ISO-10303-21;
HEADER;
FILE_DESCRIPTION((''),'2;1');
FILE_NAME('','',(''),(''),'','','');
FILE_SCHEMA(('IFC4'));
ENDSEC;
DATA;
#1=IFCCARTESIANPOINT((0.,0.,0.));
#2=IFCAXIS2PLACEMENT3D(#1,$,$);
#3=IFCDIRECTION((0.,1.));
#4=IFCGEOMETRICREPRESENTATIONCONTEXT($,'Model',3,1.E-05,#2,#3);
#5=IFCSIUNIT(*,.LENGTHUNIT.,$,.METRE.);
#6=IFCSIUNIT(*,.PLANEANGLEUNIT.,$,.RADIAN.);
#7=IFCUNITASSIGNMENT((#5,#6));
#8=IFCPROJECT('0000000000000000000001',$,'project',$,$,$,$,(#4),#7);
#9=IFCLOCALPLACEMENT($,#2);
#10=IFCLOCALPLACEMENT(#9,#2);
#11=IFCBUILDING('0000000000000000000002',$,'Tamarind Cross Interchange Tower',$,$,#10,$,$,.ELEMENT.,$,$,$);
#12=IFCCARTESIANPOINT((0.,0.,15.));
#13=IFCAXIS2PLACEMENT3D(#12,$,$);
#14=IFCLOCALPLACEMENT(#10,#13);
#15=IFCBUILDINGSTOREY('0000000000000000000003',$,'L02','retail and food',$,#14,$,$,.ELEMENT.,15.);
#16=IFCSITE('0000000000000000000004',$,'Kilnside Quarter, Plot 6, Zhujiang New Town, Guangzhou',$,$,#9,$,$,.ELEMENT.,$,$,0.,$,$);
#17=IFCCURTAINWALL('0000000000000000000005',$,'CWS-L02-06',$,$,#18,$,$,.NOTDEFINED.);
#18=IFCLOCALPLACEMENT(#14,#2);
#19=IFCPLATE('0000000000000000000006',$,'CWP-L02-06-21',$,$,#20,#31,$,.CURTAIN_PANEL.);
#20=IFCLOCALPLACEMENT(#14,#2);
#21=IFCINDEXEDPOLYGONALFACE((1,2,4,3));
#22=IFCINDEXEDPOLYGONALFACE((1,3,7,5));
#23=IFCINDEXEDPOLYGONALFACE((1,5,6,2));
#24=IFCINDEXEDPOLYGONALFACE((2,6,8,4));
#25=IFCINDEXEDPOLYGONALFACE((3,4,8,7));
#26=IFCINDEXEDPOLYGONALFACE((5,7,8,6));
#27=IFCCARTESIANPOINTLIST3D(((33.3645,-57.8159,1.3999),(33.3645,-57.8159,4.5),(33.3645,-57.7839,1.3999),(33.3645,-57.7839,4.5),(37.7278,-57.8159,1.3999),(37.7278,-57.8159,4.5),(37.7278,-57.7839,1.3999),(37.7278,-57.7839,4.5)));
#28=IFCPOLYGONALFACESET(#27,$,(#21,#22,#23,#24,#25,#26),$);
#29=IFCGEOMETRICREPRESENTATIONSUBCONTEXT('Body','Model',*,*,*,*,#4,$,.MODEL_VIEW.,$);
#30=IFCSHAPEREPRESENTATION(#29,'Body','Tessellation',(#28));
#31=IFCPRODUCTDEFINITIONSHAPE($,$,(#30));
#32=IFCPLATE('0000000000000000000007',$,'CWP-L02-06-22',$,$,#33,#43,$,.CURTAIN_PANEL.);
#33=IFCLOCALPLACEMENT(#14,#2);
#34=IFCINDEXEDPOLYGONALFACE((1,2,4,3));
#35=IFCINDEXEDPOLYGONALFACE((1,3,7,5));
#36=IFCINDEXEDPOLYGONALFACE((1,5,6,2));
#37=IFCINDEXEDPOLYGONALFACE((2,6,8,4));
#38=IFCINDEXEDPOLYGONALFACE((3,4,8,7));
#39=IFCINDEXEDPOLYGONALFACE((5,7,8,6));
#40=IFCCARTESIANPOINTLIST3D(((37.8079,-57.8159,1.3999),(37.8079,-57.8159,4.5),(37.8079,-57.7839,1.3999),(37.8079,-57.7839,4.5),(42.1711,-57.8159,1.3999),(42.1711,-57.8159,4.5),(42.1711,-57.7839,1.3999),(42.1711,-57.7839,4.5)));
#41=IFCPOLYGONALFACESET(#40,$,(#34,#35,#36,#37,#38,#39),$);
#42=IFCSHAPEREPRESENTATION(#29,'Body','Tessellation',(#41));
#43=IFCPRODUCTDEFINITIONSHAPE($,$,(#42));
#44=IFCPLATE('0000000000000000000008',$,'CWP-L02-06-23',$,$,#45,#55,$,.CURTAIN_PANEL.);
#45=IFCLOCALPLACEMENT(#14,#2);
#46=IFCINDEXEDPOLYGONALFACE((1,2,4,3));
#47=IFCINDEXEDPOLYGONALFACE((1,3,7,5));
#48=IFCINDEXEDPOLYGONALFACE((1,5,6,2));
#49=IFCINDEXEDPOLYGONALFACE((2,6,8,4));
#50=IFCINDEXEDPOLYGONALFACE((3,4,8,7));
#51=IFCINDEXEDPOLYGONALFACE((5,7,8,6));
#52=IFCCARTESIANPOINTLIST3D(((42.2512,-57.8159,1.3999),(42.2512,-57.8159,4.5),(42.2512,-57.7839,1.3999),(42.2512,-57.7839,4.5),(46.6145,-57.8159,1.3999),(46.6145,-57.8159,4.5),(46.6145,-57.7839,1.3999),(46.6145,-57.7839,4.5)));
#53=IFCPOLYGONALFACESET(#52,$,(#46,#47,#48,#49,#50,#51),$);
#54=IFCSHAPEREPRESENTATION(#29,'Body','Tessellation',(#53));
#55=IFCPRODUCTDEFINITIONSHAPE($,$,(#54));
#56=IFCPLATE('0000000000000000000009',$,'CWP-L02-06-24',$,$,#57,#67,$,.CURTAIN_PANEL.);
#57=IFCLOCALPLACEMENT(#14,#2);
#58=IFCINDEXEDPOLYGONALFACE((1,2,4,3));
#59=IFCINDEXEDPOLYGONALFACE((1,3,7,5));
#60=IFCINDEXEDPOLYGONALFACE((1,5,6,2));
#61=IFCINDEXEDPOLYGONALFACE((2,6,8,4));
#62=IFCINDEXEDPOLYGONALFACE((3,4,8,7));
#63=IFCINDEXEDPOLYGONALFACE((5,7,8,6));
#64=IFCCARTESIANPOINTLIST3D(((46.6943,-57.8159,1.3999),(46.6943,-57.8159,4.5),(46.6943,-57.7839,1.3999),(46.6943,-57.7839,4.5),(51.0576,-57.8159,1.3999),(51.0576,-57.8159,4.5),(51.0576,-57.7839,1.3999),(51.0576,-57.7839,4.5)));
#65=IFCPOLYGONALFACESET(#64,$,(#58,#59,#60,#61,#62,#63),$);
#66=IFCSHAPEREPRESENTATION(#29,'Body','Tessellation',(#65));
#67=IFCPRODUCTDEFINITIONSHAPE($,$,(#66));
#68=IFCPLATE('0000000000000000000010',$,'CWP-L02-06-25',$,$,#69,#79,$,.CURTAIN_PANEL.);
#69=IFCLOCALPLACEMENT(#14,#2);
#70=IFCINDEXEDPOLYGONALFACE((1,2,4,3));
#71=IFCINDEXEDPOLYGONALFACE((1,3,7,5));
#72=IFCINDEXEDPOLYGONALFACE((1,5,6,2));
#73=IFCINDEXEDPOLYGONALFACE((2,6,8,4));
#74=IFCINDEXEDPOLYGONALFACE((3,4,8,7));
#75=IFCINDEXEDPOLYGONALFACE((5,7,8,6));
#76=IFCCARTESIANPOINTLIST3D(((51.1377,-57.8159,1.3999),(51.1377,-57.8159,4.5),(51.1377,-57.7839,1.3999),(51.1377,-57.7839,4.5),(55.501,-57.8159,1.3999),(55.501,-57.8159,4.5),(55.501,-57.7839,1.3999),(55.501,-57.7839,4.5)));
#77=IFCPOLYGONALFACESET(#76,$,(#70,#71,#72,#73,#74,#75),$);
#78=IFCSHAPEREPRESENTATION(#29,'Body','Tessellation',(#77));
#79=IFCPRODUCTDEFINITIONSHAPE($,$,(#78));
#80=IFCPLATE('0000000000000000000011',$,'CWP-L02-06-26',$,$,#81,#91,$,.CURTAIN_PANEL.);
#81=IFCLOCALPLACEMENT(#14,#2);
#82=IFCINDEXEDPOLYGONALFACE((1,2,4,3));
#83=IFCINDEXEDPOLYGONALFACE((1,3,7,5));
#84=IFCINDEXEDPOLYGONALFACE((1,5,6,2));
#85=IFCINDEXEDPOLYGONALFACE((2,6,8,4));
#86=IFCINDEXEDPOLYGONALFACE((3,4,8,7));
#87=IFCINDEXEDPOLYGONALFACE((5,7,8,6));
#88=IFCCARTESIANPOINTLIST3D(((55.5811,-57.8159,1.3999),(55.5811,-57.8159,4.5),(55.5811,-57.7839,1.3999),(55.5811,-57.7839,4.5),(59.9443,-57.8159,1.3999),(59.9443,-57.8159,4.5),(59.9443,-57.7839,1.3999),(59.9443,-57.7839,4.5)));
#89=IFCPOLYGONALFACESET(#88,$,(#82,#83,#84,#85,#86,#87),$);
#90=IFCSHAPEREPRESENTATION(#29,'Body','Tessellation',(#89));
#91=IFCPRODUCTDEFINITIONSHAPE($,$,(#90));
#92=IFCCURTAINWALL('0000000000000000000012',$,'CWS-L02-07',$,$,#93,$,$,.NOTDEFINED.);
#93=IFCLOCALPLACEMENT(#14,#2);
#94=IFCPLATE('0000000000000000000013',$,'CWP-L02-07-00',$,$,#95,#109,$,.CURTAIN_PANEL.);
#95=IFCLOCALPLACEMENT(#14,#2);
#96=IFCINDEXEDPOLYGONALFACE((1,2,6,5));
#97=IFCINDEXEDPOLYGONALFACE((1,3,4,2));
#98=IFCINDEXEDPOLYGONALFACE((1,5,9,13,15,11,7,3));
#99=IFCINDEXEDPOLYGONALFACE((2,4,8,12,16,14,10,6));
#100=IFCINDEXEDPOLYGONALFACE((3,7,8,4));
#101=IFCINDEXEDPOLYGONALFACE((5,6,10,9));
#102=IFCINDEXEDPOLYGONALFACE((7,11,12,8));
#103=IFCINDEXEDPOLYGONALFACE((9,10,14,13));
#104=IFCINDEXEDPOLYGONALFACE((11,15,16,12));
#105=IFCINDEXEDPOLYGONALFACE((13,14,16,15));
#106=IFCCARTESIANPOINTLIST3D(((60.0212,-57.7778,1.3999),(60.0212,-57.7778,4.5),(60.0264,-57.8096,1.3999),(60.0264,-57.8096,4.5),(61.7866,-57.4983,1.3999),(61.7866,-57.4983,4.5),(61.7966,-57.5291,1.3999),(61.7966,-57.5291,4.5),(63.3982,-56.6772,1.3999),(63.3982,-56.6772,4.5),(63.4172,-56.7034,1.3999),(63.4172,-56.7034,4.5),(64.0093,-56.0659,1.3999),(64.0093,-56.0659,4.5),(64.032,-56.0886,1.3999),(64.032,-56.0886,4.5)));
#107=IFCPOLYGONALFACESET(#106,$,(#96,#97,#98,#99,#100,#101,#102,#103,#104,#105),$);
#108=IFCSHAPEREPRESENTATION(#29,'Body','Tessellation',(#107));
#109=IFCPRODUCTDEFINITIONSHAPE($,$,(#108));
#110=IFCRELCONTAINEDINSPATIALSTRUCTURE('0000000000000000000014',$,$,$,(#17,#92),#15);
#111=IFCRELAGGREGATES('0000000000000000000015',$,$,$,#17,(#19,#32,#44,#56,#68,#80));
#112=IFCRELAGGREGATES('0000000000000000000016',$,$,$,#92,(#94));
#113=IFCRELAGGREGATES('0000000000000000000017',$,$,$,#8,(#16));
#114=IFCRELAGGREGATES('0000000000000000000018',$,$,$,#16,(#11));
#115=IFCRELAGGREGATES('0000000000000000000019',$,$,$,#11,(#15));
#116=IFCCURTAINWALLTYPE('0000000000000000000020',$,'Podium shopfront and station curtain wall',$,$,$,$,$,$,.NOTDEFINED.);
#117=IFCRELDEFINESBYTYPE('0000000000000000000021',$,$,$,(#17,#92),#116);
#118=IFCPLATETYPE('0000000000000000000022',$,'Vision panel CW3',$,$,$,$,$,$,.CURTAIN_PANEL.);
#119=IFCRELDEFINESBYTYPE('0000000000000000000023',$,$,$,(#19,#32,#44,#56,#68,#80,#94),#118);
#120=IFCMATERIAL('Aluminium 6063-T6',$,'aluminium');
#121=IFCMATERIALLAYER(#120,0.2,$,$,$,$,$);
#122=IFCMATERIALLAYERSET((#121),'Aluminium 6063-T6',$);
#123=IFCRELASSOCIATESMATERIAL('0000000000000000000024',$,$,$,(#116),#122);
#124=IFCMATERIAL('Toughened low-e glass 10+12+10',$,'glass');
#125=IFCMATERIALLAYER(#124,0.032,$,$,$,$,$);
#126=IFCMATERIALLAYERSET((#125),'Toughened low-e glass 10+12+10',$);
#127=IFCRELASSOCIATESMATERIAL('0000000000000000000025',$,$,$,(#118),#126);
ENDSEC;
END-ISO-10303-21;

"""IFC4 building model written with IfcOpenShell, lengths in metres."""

from ifc_helpers import new_model, si_unit, direction, frame, origin, place, context, subcontext, project, spatial, polyline, outline, extrude, material, layer, layer_set, type_object, element, aggregate, save


model = new_model("IFC4")

# Units and contexts
model_context = context("Model", 3, precision=1e-05, world=origin(), true_north=direction((0.0, 1.0)))
body_context = subcontext(model_context, "Body", "Model", "MODEL_VIEW")
ifc_project = project(units=[si_unit("LENGTHUNIT", "METRE"), si_unit("PLANEANGLEUNIT", "RADIAN")], contexts=[model_context])

# Site, building, storey
site_placement = place(None, origin())
site = spatial("IfcSite", under=ifc_project, at=site_placement, Name="Kilnside Quarter, Plot 6, Zhujiang New Town, Guangzhou", CompositionType="ELEMENT", RefElevation=0.0)
building_placement = place(site_placement, origin())
building = spatial("IfcBuilding", under=site, at=building_placement, Name="Tamarind Cross Interchange Tower", CompositionType="ELEMENT")
storey_placement = place(building_placement, frame((0.0, 0.0, 15.0)))
storey = spatial("IfcBuildingStorey", under=building, at=storey_placement, Name="L02", Description="retail and food", CompositionType="ELEMENT", Elevation=15.0)

# Curtain wall, plates
ifc_material_1 = material(Name="Aluminium 6063-T6", Category="aluminium")
ifc_layer_1 = layer(ifc_material_1, 0.2)
ifc_layer_set_1 = layer_set([ifc_layer_1], Name="Aluminium 6063-T6")
curtain_wall_type = type_object("IfcCurtainWallType", Name="Podium shopfront and station curtain wall", PredefinedType="NOTDEFINED", material=ifc_layer_set_1)
curtain_wall_1_placement = place(storey_placement, origin())
curtain_wall_1 = element("IfcCurtainWall", 1, at=curtain_wall_1_placement, inside=storey, type_object=curtain_wall_type, Name="CWS-L02-06", PredefinedType="NOTDEFINED")
ifc_material_2 = material(Name="Toughened low-e glass 10+12+10", Category="glass")
ifc_layer_2 = layer(ifc_material_2, 0.032)
ifc_layer_set_2 = layer_set([ifc_layer_2], Name="Toughened low-e glass 10+12+10")
plate_type = type_object("IfcPlateType", Name="Vision panel CW3", PredefinedType="CURTAIN_PANEL", material=ifc_layer_set_2)
plate_1_placement = place(storey_placement, frame((0.0, 0.0, 1.3999)))
plate_1 = element("IfcPlate", 2, at=plate_1_placement, type_object=plate_type, Name="CWP-L02-06-21", PredefinedType="CURTAIN_PANEL", context=body_context, shape_type="SweptSolid", body=[
    extrude(outline(polyline([(33.3645, -57.7839), (37.7278, -57.7839), (37.7278, -57.8159), (33.3645, -57.8159), (33.3645, -57.7839)])), origin(), (0.0, 0.0, 1.0), 3.1001),
])
plate_2_placement = place(storey_placement, frame((0.0, 0.0, 1.3999)))
plate_2 = element("IfcPlate", 3, at=plate_2_placement, type_object=plate_type, Name="CWP-L02-06-22", PredefinedType="CURTAIN_PANEL", context=body_context, shape_type="SweptSolid", body=[
    extrude(outline(polyline([(37.8079, -57.7839), (42.1711, -57.7839), (42.1711, -57.8159), (37.8079, -57.8159), (37.8079, -57.7839)])), origin(), (0.0, 0.0, 1.0), 3.1001),
])
plate_3_placement = place(storey_placement, frame((0.0, 0.0, 1.3999)))
plate_3 = element("IfcPlate", 4, at=plate_3_placement, type_object=plate_type, Name="CWP-L02-06-23", PredefinedType="CURTAIN_PANEL", context=body_context, shape_type="SweptSolid", body=[
    extrude(outline(polyline([(42.2512, -57.7839), (46.6145, -57.7839), (46.6145, -57.8159), (42.2512, -57.8159), (42.2512, -57.7839)])), origin(), (0.0, 0.0, 1.0), 3.1001),
])
plate_4_placement = place(storey_placement, frame((0.0, 0.0, 1.3999)))
plate_4 = element("IfcPlate", 5, at=plate_4_placement, type_object=plate_type, Name="CWP-L02-06-24", PredefinedType="CURTAIN_PANEL", context=body_context, shape_type="SweptSolid", body=[
    extrude(outline(polyline([(46.6943, -57.7839), (51.0576, -57.7839), (51.0576, -57.8159), (46.6943, -57.8159), (46.6943, -57.7839)])), origin(), (0.0, 0.0, 1.0), 3.1001),
])
plate_5_placement = place(storey_placement, frame((0.0, 0.0, 1.3999)))
plate_5 = element("IfcPlate", 6, at=plate_5_placement, type_object=plate_type, Name="CWP-L02-06-25", PredefinedType="CURTAIN_PANEL", context=body_context, shape_type="SweptSolid", body=[
    extrude(outline(polyline([(51.1377, -57.7839), (55.501, -57.7839), (55.501, -57.8159), (51.1377, -57.8159), (51.1377, -57.7839)])), origin(), (0.0, 0.0, 1.0), 3.1001),
])
plate_6_placement = place(storey_placement, frame((0.0, 0.0, 1.3999)))
plate_6 = element("IfcPlate", 7, at=plate_6_placement, type_object=plate_type, Name="CWP-L02-06-26", PredefinedType="CURTAIN_PANEL", context=body_context, shape_type="SweptSolid", body=[
    extrude(outline(polyline([(55.5811, -57.7839), (59.9443, -57.7839), (59.9443, -57.8159), (55.5811, -57.8159), (55.5811, -57.7839)])), origin(), (0.0, 0.0, 1.0), 3.1001),
])
aggregate(curtain_wall_1, [plate_1, plate_2, plate_3, plate_4, plate_5, plate_6])

# Curtain wall, plate
curtain_wall_2_placement = place(storey_placement, origin())
curtain_wall_2 = element("IfcCurtainWall", 8, at=curtain_wall_2_placement, inside=storey, type_object=curtain_wall_type, Name="CWS-L02-07", PredefinedType="NOTDEFINED")
plate_7_placement = place(storey_placement, frame((0.0, 0.0, 1.3999)))
plate_7 = element("IfcPlate", 9, at=plate_7_placement, type_object=plate_type, Name="CWP-L02-07-00", PredefinedType="CURTAIN_PANEL", context=body_context, shape_type="SweptSolid", body=[
    extrude(outline(polyline([(60.0212, -57.7778), (61.7866, -57.4983), (63.3982, -56.6772), (64.0093, -56.0659), (64.032, -56.0886), (63.4172, -56.7034), (61.7966, -57.5291), (60.0264, -57.8096), (60.0212, -57.7778)])), origin(), (0.0, 0.0, 1.0), 3.1001),
])
aggregate(curtain_wall_2, [plate_7])

save(model, "model.ifc")
